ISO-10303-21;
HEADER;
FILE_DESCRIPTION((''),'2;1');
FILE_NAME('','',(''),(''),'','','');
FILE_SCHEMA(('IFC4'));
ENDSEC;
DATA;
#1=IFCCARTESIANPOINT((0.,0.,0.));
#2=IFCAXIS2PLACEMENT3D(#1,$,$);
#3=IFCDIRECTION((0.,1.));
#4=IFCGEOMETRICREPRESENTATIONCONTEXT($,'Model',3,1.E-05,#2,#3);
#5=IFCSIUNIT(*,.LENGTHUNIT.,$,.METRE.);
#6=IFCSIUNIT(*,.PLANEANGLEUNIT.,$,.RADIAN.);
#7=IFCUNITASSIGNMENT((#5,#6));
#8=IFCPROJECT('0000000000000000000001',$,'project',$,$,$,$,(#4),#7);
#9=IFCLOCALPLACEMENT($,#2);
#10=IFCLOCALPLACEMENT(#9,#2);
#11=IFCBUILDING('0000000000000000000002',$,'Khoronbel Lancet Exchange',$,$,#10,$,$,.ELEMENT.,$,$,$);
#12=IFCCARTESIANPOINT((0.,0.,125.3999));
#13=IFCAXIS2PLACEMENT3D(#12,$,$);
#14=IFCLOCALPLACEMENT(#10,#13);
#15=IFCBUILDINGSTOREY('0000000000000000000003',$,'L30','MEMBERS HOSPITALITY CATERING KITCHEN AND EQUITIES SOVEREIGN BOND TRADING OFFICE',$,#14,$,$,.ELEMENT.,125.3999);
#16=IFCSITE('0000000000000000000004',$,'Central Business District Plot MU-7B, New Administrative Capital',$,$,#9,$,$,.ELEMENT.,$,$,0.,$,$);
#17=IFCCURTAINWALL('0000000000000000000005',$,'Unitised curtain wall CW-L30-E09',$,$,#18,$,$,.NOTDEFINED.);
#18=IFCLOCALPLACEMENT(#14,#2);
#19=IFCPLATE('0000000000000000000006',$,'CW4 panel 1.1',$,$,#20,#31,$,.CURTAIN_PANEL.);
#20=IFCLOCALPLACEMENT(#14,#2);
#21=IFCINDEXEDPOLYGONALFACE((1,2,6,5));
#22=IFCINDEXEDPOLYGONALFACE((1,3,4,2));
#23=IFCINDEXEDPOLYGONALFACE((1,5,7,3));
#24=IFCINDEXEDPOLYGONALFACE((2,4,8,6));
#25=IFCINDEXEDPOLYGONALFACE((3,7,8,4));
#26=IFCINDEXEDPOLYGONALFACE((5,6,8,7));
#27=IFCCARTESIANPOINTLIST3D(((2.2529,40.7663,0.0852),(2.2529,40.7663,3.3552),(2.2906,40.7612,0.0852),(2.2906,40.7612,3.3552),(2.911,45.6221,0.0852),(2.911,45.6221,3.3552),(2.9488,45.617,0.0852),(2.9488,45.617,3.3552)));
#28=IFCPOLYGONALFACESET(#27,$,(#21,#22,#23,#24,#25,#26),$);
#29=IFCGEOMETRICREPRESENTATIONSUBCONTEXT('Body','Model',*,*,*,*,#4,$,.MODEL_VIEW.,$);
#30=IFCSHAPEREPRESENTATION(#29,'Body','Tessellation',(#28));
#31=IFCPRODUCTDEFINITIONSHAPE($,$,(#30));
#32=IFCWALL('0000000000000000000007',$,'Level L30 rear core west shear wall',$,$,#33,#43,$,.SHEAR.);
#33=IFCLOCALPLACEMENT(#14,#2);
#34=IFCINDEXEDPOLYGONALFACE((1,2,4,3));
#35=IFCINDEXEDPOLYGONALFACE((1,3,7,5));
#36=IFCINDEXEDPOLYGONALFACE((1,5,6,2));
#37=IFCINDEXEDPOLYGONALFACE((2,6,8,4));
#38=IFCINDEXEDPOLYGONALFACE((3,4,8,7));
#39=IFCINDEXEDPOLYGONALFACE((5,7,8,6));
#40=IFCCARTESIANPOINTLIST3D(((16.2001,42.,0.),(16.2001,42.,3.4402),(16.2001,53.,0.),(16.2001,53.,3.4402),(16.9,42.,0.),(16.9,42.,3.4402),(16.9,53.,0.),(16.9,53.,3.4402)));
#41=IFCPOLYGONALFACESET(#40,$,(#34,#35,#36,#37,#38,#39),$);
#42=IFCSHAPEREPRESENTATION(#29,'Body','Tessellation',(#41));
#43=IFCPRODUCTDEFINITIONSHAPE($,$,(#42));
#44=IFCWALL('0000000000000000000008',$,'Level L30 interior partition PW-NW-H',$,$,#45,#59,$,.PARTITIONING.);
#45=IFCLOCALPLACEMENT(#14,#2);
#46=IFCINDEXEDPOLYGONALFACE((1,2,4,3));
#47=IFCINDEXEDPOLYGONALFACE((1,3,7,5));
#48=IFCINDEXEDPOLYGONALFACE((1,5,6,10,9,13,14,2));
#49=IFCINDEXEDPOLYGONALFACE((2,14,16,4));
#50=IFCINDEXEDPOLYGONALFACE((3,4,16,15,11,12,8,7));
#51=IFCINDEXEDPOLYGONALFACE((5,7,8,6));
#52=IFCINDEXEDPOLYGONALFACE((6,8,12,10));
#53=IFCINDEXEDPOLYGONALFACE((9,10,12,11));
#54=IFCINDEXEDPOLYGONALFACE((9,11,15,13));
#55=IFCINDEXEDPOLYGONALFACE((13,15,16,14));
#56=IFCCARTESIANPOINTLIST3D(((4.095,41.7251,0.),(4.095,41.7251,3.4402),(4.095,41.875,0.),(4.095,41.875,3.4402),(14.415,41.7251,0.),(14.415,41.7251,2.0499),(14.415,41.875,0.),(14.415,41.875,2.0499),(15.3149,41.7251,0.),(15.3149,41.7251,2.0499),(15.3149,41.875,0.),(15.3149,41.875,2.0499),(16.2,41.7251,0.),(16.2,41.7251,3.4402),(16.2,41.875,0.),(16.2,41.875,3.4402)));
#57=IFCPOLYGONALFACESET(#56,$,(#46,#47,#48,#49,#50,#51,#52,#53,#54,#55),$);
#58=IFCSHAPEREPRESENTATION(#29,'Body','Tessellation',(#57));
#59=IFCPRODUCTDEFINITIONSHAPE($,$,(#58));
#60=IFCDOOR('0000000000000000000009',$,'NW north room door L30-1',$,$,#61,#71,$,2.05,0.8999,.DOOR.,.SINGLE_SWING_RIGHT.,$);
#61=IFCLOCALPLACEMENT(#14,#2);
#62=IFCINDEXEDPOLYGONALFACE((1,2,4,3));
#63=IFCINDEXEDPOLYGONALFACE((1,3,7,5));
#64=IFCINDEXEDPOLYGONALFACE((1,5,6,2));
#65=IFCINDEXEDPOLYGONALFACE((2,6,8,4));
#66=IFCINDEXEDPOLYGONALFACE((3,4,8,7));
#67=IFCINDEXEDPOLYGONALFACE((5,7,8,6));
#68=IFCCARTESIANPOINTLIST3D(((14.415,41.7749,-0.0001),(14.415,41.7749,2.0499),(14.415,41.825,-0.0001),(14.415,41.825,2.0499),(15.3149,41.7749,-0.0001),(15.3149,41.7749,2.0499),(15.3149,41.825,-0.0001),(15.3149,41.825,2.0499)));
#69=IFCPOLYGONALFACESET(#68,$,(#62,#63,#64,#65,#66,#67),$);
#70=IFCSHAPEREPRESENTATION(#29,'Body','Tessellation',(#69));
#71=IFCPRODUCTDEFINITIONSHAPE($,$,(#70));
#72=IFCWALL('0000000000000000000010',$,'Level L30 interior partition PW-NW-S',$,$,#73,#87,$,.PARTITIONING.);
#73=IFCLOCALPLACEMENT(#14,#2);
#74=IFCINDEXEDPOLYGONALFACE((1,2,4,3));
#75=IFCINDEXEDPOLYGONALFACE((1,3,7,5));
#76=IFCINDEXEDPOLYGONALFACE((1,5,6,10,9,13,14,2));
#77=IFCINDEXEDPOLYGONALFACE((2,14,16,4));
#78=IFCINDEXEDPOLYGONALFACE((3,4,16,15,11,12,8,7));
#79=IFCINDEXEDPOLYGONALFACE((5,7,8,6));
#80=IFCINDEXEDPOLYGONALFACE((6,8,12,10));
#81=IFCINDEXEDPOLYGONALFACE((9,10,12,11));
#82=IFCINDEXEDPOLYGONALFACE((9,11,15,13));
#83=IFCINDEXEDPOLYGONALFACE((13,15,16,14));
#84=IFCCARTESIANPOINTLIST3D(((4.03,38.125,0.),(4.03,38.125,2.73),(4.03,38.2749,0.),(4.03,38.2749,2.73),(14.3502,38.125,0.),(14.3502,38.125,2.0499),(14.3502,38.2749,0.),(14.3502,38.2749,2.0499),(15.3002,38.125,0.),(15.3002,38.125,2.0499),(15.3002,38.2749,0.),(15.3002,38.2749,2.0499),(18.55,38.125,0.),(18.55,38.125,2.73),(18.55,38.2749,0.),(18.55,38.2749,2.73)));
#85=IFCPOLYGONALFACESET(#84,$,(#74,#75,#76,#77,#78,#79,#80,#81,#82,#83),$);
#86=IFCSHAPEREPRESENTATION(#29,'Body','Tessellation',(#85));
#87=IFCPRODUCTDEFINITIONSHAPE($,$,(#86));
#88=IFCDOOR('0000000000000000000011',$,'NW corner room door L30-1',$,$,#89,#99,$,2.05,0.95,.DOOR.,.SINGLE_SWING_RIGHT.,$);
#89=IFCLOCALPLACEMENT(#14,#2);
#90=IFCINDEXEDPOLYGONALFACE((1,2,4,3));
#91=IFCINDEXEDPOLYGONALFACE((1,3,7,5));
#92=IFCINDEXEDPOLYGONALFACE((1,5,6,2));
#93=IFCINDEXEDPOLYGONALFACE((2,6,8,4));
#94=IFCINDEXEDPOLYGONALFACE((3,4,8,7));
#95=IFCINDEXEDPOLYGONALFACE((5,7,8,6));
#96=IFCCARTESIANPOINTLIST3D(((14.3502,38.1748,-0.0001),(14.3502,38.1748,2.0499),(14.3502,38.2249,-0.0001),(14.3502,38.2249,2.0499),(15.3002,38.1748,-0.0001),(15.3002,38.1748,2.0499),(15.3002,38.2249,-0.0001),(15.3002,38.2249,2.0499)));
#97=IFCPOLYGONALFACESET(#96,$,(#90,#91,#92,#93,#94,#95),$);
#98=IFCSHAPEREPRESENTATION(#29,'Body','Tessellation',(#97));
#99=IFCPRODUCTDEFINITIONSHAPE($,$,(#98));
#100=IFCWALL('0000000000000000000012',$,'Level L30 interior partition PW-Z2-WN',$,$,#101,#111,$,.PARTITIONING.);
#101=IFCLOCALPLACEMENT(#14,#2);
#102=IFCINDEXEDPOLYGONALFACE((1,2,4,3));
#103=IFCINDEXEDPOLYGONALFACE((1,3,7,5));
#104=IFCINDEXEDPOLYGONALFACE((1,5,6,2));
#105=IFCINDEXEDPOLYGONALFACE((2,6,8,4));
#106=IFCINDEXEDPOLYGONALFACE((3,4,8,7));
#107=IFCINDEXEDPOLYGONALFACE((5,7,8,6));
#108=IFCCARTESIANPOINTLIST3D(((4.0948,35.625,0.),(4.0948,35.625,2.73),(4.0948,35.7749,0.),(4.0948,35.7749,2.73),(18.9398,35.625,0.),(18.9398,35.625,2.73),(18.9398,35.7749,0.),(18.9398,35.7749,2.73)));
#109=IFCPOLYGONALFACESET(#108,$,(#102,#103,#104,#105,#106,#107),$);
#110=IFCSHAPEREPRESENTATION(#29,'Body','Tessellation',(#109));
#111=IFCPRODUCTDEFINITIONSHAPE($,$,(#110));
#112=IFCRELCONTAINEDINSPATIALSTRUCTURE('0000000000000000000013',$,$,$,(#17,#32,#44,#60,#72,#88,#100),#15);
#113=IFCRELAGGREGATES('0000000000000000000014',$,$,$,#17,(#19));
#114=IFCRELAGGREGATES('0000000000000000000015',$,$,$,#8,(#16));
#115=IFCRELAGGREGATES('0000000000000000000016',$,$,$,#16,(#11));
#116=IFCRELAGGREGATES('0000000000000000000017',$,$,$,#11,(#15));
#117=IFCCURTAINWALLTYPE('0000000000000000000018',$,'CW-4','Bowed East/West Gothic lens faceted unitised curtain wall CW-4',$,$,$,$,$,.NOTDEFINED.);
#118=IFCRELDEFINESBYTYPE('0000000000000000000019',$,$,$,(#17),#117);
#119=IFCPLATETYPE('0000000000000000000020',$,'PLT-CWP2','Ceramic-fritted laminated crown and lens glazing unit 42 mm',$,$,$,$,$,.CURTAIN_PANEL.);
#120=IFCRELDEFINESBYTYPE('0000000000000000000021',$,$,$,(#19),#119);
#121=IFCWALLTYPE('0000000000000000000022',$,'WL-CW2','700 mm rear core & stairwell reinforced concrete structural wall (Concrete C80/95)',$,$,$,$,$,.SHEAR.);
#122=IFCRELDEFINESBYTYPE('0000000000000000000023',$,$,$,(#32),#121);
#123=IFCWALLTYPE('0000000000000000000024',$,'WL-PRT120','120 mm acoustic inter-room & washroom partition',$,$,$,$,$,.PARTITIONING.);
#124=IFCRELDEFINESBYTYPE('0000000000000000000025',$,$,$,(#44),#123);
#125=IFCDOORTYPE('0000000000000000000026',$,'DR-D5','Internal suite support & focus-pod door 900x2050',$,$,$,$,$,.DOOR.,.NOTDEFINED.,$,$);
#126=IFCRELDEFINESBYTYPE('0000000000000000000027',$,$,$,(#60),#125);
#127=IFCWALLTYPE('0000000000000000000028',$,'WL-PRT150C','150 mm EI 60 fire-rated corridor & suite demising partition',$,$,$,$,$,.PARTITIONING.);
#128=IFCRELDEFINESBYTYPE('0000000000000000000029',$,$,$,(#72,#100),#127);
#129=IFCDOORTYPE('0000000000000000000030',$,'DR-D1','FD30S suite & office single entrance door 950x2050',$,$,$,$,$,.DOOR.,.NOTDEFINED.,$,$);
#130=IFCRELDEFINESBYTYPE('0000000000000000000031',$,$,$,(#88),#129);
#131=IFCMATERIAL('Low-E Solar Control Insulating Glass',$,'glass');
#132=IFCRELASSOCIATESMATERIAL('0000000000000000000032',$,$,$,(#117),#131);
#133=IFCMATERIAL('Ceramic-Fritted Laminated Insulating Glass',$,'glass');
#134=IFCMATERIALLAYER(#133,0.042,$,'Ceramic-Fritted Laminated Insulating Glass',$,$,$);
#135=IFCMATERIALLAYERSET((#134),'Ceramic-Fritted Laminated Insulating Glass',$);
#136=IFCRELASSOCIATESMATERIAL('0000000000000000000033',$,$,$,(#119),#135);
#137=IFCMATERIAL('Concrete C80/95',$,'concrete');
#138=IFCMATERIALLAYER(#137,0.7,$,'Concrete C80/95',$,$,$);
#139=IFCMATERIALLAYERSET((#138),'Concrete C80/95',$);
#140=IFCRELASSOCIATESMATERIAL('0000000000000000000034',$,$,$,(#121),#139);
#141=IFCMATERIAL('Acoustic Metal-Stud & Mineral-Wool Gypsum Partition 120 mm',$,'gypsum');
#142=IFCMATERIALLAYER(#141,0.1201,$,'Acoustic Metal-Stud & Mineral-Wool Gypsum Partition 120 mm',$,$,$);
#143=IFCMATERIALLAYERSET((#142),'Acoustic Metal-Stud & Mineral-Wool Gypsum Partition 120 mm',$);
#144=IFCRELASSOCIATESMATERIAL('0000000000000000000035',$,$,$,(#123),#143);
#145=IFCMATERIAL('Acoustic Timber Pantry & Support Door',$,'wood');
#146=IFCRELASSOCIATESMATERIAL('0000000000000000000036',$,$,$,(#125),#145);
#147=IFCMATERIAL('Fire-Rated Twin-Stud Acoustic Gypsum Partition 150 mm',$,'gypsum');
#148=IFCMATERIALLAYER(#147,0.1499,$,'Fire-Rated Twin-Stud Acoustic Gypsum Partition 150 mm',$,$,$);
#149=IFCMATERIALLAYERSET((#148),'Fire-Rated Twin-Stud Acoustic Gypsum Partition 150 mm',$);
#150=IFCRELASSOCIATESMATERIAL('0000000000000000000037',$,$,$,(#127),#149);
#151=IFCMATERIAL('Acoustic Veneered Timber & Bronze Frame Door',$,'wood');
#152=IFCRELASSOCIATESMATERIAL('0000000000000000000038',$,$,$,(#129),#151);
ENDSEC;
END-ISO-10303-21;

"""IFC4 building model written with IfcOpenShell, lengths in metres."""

from ifc_helpers import new_model, si_unit, direction, frame, frame_2d, origin, origin_2d, place, context, subcontext, project, spatial, rectangle, extrude, material, layer, layer_set, type_object, element, fill, aggregate, save


model = new_model("IFC4")

# Units and contexts
model_context = context("Model", 3, precision=1e-05, world=origin(), true_north=direction((0.0, 1.0)))
body_context = subcontext(model_context, "Body", "Model", "MODEL_VIEW")
ifc_project = project(units=[si_unit("LENGTHUNIT", "METRE"), si_unit("PLANEANGLEUNIT", "RADIAN")], contexts=[model_context])

# Site, building, storey
site_placement = place(None, origin())
site = spatial("IfcSite", under=ifc_project, at=site_placement, Name="Central Business District Plot MU-7B, New Administrative Capital", CompositionType="ELEMENT", RefElevation=0.0)
building_placement = place(site_placement, origin())
building = spatial("IfcBuilding", under=site, at=building_placement, Name="Khoronbel Lancet Exchange", CompositionType="ELEMENT")
storey_placement = place(building_placement, frame((0.0, 0.0, 125.3999)))
storey = spatial("IfcBuildingStorey", under=building, at=storey_placement, Name="L30", Description="MEMBERS HOSPITALITY CATERING KITCHEN AND EQUITIES SOVEREIGN BOND TRADING OFFICE", CompositionType="ELEMENT", Elevation=125.3999)

# Curtain wall
ifc_material_1 = material(Name="Low-E Solar Control Insulating Glass", Category="glass")
curtain_wall_type = type_object("IfcCurtainWallType", Name="CW-4", Description="Bowed East/West Gothic lens faceted unitised curtain wall CW-4", PredefinedType="NOTDEFINED", material=ifc_material_1)
curtain_wall_1_placement = place(storey_placement, origin())
curtain_wall_1 = element("IfcCurtainWall", 1, at=curtain_wall_1_placement, inside=storey, type_object=curtain_wall_type, Name="Unitised curtain wall CW-L30-E09", PredefinedType="NOTDEFINED")

# Plate
ifc_material_2 = material(Name="Ceramic-Fritted Laminated Insulating Glass", Category="glass")
ifc_layer_1 = layer(ifc_material_2, 0.042, Name="Ceramic-Fritted Laminated Insulating Glass")
ifc_layer_set_1 = layer_set([ifc_layer_1], Name="Ceramic-Fritted Laminated Insulating Glass")
plate_type_1 = type_object("IfcPlateType", Name="PLT-CWP2", Description="Ceramic-fritted laminated crown and lens glazing unit 42 mm", PredefinedType="CURTAIN_PANEL", material=ifc_layer_set_1)
plate_1_placement = place(storey_placement, frame((2.6008, 43.1917, 0.0852), z_axis=(0.0, 0.0, 1.0), x_axis=(0.134313, 0.990939, 0.0)))
plate_1 = element("IfcPlate", 2, at=plate_1_placement, type_object=plate_type_1, Name="CW4 panel 1.1", PredefinedType="CURTAIN_PANEL", context=body_context, shape_type="SweptSolid", body=[
    extrude(rectangle(XDim=4.9001, YDim=0.0381, at=origin_2d()), origin(), (0.0, 0.0, 1.0), 3.27),
])
aggregate(curtain_wall_1, [plate_1])

# Wall
ifc_material_3 = material(Name="Concrete C80/95", Category="concrete")
ifc_layer_2 = layer(ifc_material_3, 0.7, Name="Concrete C80/95")
ifc_layer_set_2 = layer_set([ifc_layer_2], Name="Concrete C80/95")
wall_type_1 = type_object("IfcWallType", Name="WL-CW2", Description="700 mm rear core & stairwell reinforced concrete structural wall (Concrete C80/95)", PredefinedType="SHEAR", material=ifc_layer_set_2)
wall_1_placement = place(storey_placement, frame((16.55, 42.0, 0.0), z_axis=(0.0, 0.0, 1.0), x_axis=(0.0, 1.0, 0.0)))
element("IfcWall", 3, at=wall_1_placement, inside=storey, type_object=wall_type_1, Name="Level L30 rear core west shear wall", PredefinedType="SHEAR", context=body_context, shape_type="SweptSolid", body=[
    extrude(rectangle(XDim=11.0, YDim=0.7, at=frame_2d((5.5, 0.0))), origin(), (0.0, 0.0, 1.0), 3.4402),
])

# Walls, openings, doors
ifc_material_4 = material(Name="Acoustic Metal-Stud & Mineral-Wool Gypsum Partition 120 mm", Category="gypsum")
ifc_layer_3 = layer(ifc_material_4, 0.1201, Name="Acoustic Metal-Stud & Mineral-Wool Gypsum Partition 120 mm")
ifc_layer_set_3 = layer_set([ifc_layer_3], Name="Acoustic Metal-Stud & Mineral-Wool Gypsum Partition 120 mm")
wall_type_2 = type_object("IfcWallType", Name="WL-PRT120", Description="120 mm acoustic inter-room & washroom partition", PredefinedType="PARTITIONING", material=ifc_layer_set_3)
wall_2_placement = place(storey_placement, frame((4.095, 41.8, 0.0), z_axis=(0.0, 0.0, 1.0), x_axis=(1.0, 0.0, 0.0)))
wall_2 = element("IfcWall", 4, at=wall_2_placement, inside=storey, type_object=wall_type_2, Name="Level L30 interior partition PW-NW-H", PredefinedType="PARTITIONING", context=body_context, shape_type="SweptSolid", body=[
    extrude(rectangle(XDim=12.105, YDim=0.1499, at=frame_2d((6.0525, 0.0))), origin(), (0.0, 0.0, 1.0), 3.4402),
])
opening_1_placement = place(wall_2_placement, frame((10.3201, 0.0, 0.0)))
opening_1 = element("IfcOpeningElement", 5, at=opening_1_placement, cuts=wall_2, PredefinedType="OPENING", context=body_context, shape_type="SweptSolid", body=[
    extrude(rectangle(XDim=0.8999, YDim=2.05, at=frame_2d((0.45, 1.0249))), frame((0.0, 0.085, 0.0), z_axis=(0.0, -1.0, 0.0), x_axis=(1.0, 0.0, 0.0)), (0.0, 0.0, 1.0), 0.1699),
])
ifc_material_5 = material(Name="Acoustic Timber Pantry & Support Door", Category="wood")
door_type_1 = type_object("IfcDoorType", Name="DR-D5", Description="Internal suite support & focus-pod door 900x2050", OperationType="NOTDEFINED", PredefinedType="DOOR", material=ifc_material_5)
door_1_placement = place(opening_1_placement, origin())
door_1 = element("IfcDoor", 6, at=door_1_placement, inside=storey, type_object=door_type_1, Name="NW north room door L30-1", OperationType="SINGLE_SWING_RIGHT", OverallHeight=2.05, OverallWidth=0.8999, PredefinedType="DOOR", context=body_context, shape_type="SweptSolid", body=[
    extrude(rectangle(XDim=0.8999, YDim=2.05, at=frame_2d((0.45, 1.0249))), frame((0.0, 0.0249, 0.0), z_axis=(0.0, -1.0, 0.0), x_axis=(1.0, 0.0, 0.0)), (0.0, 0.0, 1.0), 0.05),
])
fill(opening_1, door_1)
ifc_material_6 = material(Name="Fire-Rated Twin-Stud Acoustic Gypsum Partition 150 mm", Category="gypsum")
ifc_layer_4 = layer(ifc_material_6, 0.1499, Name="Fire-Rated Twin-Stud Acoustic Gypsum Partition 150 mm")
ifc_layer_set_4 = layer_set([ifc_layer_4], Name="Fire-Rated Twin-Stud Acoustic Gypsum Partition 150 mm")
wall_type_3 = type_object("IfcWallType", Name="WL-PRT150C", Description="150 mm EI 60 fire-rated corridor & suite demising partition", PredefinedType="PARTITIONING", material=ifc_layer_set_4)
wall_3_placement = place(storey_placement, frame((4.03, 38.2, 0.0), z_axis=(0.0, 0.0, 1.0), x_axis=(1.0, 0.0, 0.0)))
wall_3 = element("IfcWall", 7, at=wall_3_placement, inside=storey, type_object=wall_type_3, Name="Level L30 interior partition PW-NW-S", PredefinedType="PARTITIONING", context=body_context, shape_type="SweptSolid", body=[
    extrude(rectangle(XDim=14.52, YDim=0.1499, at=frame_2d((7.26, 0.0))), origin(), (0.0, 0.0, 1.0), 2.73),
])
opening_2_placement = place(wall_3_placement, frame((10.3201, 0.0, 0.0)))
opening_2 = element("IfcOpeningElement", 8, at=opening_2_placement, cuts=wall_3, PredefinedType="OPENING", context=body_context, shape_type="SweptSolid", body=[
    extrude(rectangle(XDim=0.95, YDim=2.05, at=frame_2d((0.4751, 1.0249))), frame((0.0, 0.085, 0.0), z_axis=(0.0, -1.0, 0.0), x_axis=(1.0, 0.0, 0.0)), (0.0, 0.0, 1.0), 0.1699),
])
ifc_material_7 = material(Name="Acoustic Veneered Timber & Bronze Frame Door", Category="wood")
door_type_2 = type_object("IfcDoorType", Name="DR-D1", Description="FD30S suite & office single entrance door 950x2050", OperationType="NOTDEFINED", PredefinedType="DOOR", material=ifc_material_7)
door_2_placement = place(opening_2_placement, origin())
door_2 = element("IfcDoor", 9, at=door_2_placement, inside=storey, type_object=door_type_2, Name="NW corner room door L30-1", OperationType="SINGLE_SWING_RIGHT", OverallHeight=2.05, OverallWidth=0.95, PredefinedType="DOOR", context=body_context, shape_type="SweptSolid", body=[
    extrude(rectangle(XDim=0.95, YDim=2.05, at=frame_2d((0.4751, 1.0249))), frame((0.0, 0.0249, 0.0), z_axis=(0.0, -1.0, 0.0), x_axis=(1.0, 0.0, 0.0)), (0.0, 0.0, 1.0), 0.05),
])
fill(opening_2, door_2)

# Wall
wall_4_placement = place(storey_placement, frame((4.095, 35.7, 0.0), z_axis=(0.0, 0.0, 1.0), x_axis=(1.0, 0.0, 0.0)))
element("IfcWall", 10, at=wall_4_placement, inside=storey, type_object=wall_type_3, Name="Level L30 interior partition PW-Z2-WN", PredefinedType="PARTITIONING", context=body_context, shape_type="SweptSolid", body=[
    extrude(rectangle(XDim=14.845, YDim=0.1499, at=frame_2d((7.4224, 0.0))), origin(), (0.0, 0.0, 1.0), 2.73),
])

save(model, "model.ifc")
